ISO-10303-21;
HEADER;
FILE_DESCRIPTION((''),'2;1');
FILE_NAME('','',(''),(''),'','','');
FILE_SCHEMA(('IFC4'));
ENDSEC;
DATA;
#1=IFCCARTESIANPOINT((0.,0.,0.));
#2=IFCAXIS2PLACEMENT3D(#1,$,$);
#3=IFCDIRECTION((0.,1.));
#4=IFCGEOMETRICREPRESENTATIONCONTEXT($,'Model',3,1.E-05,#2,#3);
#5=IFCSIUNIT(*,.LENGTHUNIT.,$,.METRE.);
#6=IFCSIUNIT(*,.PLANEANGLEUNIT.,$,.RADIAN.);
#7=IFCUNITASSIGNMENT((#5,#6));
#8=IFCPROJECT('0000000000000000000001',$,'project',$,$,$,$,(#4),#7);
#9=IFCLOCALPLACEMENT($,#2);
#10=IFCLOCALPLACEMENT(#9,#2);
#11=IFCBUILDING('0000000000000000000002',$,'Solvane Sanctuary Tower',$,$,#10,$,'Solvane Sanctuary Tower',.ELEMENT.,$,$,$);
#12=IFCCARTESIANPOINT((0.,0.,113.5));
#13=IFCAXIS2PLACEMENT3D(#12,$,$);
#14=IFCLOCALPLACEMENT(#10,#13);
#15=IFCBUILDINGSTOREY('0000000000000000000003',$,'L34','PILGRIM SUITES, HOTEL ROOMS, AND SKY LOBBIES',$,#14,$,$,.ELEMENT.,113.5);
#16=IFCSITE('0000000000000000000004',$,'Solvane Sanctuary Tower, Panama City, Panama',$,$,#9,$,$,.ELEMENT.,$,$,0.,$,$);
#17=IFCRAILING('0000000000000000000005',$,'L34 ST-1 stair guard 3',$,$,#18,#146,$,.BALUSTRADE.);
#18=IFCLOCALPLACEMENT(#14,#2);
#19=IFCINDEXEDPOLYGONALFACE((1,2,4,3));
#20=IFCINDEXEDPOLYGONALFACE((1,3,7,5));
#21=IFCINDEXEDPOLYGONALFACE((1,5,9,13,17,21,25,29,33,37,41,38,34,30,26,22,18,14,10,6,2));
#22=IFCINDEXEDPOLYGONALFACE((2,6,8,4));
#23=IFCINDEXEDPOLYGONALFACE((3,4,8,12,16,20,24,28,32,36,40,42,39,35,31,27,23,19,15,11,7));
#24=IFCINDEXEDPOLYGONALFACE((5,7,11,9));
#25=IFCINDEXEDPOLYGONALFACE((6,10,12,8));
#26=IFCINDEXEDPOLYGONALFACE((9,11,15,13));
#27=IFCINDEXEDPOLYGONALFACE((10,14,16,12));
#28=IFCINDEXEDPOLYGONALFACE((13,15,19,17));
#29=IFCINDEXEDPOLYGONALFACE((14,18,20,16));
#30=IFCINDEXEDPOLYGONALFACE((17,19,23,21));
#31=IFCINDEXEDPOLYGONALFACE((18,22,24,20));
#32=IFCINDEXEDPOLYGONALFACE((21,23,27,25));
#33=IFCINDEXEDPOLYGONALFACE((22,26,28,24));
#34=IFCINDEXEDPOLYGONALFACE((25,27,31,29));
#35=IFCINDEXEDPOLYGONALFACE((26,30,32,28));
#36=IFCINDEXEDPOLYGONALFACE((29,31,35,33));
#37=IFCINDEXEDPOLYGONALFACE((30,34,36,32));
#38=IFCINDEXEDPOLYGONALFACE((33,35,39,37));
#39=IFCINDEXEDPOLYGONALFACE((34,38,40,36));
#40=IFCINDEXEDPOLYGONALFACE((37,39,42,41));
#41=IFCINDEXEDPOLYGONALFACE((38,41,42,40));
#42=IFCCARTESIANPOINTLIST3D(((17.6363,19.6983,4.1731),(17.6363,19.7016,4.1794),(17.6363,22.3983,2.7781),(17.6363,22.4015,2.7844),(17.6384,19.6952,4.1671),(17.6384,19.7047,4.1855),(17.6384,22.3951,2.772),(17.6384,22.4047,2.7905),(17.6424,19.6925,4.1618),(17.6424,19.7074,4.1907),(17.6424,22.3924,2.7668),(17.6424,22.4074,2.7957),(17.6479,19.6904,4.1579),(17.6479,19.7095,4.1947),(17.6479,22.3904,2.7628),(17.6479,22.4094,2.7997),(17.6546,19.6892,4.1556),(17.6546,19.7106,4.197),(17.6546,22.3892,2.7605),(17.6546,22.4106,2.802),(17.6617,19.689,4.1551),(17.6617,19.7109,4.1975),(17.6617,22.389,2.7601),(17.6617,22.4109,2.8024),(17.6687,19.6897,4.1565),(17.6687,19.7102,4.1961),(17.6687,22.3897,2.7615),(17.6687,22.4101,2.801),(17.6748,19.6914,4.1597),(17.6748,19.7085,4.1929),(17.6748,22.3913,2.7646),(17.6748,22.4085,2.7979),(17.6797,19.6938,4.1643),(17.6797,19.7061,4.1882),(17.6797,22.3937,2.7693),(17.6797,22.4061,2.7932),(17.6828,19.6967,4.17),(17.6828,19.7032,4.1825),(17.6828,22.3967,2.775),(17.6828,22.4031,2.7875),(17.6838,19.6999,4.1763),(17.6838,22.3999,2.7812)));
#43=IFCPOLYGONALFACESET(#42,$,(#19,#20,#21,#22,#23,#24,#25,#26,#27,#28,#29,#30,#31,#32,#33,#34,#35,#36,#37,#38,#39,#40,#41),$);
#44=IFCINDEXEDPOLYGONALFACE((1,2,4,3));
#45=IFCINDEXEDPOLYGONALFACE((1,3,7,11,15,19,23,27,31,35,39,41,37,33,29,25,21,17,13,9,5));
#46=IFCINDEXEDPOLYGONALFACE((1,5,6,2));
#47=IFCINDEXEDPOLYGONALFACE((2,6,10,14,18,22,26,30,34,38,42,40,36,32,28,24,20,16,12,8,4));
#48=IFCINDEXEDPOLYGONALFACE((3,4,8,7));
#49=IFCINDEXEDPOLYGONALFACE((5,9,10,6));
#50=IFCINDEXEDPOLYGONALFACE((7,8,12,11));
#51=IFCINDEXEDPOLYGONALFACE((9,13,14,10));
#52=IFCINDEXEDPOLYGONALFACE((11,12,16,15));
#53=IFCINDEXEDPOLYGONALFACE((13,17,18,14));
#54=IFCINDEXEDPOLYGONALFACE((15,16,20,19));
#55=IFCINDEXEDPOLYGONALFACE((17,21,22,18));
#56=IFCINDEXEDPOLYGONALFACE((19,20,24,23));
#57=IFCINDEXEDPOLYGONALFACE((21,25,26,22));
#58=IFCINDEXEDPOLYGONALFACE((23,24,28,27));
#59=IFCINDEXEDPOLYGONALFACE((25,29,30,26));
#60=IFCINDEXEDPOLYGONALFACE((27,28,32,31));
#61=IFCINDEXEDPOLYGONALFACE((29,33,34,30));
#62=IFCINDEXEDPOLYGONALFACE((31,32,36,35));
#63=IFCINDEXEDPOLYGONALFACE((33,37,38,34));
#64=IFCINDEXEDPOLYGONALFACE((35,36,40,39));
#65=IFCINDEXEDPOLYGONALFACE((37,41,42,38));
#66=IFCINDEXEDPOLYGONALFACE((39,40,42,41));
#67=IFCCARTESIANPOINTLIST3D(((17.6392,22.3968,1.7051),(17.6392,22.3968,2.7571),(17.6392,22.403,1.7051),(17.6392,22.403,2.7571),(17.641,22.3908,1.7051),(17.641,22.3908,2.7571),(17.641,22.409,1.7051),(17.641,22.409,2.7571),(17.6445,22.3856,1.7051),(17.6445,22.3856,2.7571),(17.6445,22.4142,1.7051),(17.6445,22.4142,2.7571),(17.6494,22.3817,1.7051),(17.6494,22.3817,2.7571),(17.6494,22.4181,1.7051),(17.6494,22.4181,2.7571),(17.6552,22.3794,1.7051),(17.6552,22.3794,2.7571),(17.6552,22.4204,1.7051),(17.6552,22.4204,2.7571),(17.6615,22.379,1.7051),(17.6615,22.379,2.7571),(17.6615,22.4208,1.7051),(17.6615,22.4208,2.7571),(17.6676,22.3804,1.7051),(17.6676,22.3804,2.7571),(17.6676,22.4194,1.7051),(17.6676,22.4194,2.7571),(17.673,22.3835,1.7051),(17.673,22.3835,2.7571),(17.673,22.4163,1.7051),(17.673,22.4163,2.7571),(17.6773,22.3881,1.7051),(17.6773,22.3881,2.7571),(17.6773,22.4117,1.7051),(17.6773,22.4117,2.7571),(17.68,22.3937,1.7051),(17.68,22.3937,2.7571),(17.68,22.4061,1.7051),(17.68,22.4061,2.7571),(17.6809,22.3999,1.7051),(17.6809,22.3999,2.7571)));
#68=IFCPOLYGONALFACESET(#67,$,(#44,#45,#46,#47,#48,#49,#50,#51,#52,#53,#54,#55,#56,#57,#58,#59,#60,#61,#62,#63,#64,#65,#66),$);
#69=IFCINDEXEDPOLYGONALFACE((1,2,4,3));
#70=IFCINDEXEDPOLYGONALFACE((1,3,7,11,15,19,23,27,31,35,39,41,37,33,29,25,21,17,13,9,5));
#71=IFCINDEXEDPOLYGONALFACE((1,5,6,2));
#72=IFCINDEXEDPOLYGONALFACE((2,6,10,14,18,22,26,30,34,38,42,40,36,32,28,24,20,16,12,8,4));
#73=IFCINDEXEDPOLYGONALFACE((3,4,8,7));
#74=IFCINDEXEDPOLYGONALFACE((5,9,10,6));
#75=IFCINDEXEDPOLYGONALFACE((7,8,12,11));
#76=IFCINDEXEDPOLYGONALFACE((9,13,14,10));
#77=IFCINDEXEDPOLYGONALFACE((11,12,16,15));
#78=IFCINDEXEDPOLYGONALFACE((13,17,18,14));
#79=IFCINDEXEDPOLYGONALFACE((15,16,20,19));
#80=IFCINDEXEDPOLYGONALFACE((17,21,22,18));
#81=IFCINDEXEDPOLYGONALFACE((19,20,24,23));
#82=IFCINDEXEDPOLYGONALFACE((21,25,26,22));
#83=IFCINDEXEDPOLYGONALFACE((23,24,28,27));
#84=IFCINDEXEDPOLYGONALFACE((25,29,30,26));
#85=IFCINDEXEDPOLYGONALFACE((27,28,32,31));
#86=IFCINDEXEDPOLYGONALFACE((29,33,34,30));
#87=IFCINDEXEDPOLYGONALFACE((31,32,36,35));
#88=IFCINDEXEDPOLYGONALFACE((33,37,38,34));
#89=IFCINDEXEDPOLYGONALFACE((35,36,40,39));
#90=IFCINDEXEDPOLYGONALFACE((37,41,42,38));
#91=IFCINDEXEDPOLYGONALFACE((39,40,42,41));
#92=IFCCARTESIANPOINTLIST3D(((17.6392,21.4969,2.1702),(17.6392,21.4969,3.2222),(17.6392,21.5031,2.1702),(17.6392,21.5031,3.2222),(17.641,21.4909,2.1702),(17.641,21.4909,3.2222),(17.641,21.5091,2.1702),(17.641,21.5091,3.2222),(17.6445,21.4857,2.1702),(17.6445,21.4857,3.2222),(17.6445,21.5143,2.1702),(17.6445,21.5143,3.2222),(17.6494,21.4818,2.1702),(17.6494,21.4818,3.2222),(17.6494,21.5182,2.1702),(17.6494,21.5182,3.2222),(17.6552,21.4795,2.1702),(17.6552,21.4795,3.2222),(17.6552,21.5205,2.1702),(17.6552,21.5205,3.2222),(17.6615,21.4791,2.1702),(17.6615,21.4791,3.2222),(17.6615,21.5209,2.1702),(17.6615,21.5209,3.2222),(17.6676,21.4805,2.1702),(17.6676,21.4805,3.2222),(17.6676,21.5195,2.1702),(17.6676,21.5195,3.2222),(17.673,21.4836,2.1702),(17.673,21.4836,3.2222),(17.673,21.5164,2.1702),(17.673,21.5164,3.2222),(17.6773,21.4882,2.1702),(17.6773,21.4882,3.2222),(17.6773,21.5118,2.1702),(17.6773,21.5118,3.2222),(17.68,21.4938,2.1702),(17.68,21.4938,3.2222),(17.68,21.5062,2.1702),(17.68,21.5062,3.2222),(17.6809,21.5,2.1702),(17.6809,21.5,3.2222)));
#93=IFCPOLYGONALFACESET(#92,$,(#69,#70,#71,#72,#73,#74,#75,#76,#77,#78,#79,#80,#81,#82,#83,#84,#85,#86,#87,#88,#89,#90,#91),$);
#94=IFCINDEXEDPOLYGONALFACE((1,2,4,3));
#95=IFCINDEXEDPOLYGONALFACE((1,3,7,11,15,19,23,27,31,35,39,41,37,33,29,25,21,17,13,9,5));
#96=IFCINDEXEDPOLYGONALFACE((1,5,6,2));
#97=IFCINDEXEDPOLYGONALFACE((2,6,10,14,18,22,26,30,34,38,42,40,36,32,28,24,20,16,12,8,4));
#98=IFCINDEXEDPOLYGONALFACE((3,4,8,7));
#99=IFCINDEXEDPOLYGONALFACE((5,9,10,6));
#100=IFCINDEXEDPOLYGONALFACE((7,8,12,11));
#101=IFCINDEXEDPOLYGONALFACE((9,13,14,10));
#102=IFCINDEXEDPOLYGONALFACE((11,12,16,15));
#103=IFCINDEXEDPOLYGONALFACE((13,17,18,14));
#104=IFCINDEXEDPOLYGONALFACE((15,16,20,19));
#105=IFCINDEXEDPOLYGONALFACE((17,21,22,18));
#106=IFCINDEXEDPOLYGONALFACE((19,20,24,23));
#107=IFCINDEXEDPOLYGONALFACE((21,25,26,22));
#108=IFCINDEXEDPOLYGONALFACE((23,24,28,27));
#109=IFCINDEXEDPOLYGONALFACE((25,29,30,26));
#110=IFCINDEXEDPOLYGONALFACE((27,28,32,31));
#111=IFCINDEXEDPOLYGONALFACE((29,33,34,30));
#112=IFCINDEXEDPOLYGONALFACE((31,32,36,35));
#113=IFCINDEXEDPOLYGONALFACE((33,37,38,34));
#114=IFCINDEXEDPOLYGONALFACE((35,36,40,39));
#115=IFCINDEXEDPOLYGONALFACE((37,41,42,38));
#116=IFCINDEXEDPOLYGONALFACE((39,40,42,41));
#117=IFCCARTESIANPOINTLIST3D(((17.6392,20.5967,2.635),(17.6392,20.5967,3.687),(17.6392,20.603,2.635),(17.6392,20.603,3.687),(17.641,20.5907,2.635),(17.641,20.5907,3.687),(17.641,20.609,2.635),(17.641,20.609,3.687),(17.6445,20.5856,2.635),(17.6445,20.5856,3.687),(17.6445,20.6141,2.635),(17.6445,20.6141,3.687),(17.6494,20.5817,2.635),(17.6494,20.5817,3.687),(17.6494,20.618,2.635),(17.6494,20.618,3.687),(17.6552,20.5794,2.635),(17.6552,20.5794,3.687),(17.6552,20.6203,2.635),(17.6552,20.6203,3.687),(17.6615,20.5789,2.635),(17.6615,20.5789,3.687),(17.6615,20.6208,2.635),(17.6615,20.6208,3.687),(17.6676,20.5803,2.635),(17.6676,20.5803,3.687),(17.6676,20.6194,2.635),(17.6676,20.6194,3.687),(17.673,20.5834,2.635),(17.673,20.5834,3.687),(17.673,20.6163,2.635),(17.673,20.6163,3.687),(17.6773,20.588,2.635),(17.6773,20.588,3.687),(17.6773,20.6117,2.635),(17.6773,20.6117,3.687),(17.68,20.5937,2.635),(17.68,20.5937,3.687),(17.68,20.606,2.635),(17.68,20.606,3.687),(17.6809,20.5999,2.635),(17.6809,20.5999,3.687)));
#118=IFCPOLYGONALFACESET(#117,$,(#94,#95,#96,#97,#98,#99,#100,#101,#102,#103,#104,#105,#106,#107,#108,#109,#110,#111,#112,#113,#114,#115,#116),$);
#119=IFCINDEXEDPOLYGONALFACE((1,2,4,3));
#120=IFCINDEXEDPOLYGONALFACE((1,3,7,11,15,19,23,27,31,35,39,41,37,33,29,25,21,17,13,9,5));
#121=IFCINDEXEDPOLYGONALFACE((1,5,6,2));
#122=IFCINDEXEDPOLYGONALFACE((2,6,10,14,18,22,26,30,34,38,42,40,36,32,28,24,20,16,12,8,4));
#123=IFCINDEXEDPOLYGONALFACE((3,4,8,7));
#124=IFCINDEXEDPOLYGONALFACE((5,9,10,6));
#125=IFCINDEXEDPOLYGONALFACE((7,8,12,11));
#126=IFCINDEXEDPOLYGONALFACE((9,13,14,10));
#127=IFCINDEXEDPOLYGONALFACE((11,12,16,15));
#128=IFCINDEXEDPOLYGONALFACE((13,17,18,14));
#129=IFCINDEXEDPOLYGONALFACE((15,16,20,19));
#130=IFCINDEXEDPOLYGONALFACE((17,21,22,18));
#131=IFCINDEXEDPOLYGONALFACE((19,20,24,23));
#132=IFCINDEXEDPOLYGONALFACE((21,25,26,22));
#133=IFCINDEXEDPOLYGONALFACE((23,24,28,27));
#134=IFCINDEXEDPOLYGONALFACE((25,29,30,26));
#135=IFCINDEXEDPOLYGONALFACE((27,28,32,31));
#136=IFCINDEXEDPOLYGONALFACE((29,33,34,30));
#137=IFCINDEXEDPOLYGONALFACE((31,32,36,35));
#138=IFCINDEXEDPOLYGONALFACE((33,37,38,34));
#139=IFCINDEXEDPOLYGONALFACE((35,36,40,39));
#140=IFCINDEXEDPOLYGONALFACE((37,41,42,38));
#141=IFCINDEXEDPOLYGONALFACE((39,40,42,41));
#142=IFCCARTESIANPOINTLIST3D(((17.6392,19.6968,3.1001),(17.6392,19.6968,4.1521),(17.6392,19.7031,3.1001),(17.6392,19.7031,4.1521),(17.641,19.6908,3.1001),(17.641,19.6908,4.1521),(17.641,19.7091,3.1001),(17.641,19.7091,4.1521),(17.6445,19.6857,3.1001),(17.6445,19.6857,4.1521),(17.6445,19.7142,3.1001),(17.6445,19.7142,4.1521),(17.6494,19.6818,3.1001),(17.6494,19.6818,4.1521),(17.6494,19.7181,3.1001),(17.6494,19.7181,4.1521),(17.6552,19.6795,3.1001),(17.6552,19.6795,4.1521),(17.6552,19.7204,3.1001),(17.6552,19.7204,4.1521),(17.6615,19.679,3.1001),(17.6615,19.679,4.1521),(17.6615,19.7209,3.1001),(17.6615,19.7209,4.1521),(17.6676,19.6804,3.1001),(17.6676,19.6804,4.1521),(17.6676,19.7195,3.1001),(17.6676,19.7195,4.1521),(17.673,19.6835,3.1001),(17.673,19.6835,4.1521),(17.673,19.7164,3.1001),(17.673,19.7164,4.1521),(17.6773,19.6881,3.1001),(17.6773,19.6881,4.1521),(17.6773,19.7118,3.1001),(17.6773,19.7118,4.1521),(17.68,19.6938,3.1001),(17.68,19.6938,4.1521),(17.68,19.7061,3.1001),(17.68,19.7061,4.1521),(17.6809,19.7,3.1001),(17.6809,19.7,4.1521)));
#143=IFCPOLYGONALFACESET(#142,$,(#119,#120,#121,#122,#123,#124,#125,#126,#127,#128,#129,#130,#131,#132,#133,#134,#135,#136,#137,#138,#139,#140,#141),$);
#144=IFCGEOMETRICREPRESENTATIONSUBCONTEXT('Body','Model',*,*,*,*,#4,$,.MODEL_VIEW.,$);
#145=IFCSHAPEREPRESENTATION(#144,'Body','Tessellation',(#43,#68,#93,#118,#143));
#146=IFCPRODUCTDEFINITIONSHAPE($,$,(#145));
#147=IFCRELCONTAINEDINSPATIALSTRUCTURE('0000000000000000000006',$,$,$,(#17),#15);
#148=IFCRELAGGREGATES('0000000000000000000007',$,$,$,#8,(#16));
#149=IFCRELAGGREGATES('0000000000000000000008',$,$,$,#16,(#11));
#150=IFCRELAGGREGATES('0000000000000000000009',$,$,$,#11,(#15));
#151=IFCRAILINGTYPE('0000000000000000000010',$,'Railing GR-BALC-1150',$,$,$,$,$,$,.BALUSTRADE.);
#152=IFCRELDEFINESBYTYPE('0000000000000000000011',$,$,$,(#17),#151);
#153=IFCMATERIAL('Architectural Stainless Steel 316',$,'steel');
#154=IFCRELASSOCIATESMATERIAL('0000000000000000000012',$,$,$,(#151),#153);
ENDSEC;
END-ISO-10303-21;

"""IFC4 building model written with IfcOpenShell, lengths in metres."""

from ifc_helpers import new_model, si_unit, direction, frame, origin, origin_2d, place, context, subcontext, project, spatial, circle, extrude, material, type_object, element, save


model = new_model("IFC4")

# Units and contexts
model_context = context("Model", 3, precision=1e-05, world=origin(), true_north=direction((0.0, 1.0)))
body_context = subcontext(model_context, "Body", "Model", "MODEL_VIEW")
ifc_project = project(units=[si_unit("LENGTHUNIT", "METRE"), si_unit("PLANEANGLEUNIT", "RADIAN")], contexts=[model_context])

# Site, building, storey
site_placement = place(None, origin())
site = spatial("IfcSite", under=ifc_project, at=site_placement, Name="Solvane Sanctuary Tower, Panama City, Panama", CompositionType="ELEMENT", RefElevation=0.0)
building_placement = place(site_placement, origin())
building = spatial("IfcBuilding", under=site, at=building_placement, Name="Solvane Sanctuary Tower", LongName="Solvane Sanctuary Tower", CompositionType="ELEMENT")
storey_placement = place(building_placement, frame((0.0, 0.0, 113.5)))
storey = spatial("IfcBuildingStorey", under=building, at=storey_placement, Name="L34", Description="PILGRIM SUITES, HOTEL ROOMS, AND SKY LOBBIES", CompositionType="ELEMENT", Elevation=113.5)

# Shared definitions
ifc_material_1 = material(Name="Architectural Stainless Steel 316", Category="steel")

# Railing
railing_type_1 = type_object("IfcRailingType", Name="Railing GR-BALC-1150", PredefinedType="BALUSTRADE", material=ifc_material_1)
railing_1_placement = place(storey_placement, frame((17.6599, 22.3999, 1.7051)))
element("IfcRailing", 1, at=railing_1_placement, inside=storey, type_object=railing_type_1, Name="L34 ST-1 stair guard 3", PredefinedType="BALUSTRADE", context=body_context, shape_type="SweptSolid", body=[
    extrude(circle(Radius=0.0239, at=origin_2d()), frame((0.0, 0.0, 1.0762), z_axis=(0.0, -0.88842, 0.459032), x_axis=(1.0, 0.0, 0.0)), (0.0, 0.0, 1.0), 3.0391),
    extrude(circle(Radius=0.021, at=origin_2d()), origin(), (0.0, 0.0, 1.0), 1.052),
    extrude(circle(Radius=0.021, at=origin_2d()), frame((0.0, -0.8999, 0.4651)), (0.0, 0.0, 1.0), 1.052),
    extrude(circle(Radius=0.021, at=origin_2d()), frame((0.0, -1.8, 0.9299)), (0.0, 0.0, 1.0), 1.052),
    extrude(circle(Radius=0.021, at=origin_2d()), frame((0.0, -2.7, 1.395)), (0.0, 0.0, 1.0), 1.052),
])

save(model, "model.ifc")
